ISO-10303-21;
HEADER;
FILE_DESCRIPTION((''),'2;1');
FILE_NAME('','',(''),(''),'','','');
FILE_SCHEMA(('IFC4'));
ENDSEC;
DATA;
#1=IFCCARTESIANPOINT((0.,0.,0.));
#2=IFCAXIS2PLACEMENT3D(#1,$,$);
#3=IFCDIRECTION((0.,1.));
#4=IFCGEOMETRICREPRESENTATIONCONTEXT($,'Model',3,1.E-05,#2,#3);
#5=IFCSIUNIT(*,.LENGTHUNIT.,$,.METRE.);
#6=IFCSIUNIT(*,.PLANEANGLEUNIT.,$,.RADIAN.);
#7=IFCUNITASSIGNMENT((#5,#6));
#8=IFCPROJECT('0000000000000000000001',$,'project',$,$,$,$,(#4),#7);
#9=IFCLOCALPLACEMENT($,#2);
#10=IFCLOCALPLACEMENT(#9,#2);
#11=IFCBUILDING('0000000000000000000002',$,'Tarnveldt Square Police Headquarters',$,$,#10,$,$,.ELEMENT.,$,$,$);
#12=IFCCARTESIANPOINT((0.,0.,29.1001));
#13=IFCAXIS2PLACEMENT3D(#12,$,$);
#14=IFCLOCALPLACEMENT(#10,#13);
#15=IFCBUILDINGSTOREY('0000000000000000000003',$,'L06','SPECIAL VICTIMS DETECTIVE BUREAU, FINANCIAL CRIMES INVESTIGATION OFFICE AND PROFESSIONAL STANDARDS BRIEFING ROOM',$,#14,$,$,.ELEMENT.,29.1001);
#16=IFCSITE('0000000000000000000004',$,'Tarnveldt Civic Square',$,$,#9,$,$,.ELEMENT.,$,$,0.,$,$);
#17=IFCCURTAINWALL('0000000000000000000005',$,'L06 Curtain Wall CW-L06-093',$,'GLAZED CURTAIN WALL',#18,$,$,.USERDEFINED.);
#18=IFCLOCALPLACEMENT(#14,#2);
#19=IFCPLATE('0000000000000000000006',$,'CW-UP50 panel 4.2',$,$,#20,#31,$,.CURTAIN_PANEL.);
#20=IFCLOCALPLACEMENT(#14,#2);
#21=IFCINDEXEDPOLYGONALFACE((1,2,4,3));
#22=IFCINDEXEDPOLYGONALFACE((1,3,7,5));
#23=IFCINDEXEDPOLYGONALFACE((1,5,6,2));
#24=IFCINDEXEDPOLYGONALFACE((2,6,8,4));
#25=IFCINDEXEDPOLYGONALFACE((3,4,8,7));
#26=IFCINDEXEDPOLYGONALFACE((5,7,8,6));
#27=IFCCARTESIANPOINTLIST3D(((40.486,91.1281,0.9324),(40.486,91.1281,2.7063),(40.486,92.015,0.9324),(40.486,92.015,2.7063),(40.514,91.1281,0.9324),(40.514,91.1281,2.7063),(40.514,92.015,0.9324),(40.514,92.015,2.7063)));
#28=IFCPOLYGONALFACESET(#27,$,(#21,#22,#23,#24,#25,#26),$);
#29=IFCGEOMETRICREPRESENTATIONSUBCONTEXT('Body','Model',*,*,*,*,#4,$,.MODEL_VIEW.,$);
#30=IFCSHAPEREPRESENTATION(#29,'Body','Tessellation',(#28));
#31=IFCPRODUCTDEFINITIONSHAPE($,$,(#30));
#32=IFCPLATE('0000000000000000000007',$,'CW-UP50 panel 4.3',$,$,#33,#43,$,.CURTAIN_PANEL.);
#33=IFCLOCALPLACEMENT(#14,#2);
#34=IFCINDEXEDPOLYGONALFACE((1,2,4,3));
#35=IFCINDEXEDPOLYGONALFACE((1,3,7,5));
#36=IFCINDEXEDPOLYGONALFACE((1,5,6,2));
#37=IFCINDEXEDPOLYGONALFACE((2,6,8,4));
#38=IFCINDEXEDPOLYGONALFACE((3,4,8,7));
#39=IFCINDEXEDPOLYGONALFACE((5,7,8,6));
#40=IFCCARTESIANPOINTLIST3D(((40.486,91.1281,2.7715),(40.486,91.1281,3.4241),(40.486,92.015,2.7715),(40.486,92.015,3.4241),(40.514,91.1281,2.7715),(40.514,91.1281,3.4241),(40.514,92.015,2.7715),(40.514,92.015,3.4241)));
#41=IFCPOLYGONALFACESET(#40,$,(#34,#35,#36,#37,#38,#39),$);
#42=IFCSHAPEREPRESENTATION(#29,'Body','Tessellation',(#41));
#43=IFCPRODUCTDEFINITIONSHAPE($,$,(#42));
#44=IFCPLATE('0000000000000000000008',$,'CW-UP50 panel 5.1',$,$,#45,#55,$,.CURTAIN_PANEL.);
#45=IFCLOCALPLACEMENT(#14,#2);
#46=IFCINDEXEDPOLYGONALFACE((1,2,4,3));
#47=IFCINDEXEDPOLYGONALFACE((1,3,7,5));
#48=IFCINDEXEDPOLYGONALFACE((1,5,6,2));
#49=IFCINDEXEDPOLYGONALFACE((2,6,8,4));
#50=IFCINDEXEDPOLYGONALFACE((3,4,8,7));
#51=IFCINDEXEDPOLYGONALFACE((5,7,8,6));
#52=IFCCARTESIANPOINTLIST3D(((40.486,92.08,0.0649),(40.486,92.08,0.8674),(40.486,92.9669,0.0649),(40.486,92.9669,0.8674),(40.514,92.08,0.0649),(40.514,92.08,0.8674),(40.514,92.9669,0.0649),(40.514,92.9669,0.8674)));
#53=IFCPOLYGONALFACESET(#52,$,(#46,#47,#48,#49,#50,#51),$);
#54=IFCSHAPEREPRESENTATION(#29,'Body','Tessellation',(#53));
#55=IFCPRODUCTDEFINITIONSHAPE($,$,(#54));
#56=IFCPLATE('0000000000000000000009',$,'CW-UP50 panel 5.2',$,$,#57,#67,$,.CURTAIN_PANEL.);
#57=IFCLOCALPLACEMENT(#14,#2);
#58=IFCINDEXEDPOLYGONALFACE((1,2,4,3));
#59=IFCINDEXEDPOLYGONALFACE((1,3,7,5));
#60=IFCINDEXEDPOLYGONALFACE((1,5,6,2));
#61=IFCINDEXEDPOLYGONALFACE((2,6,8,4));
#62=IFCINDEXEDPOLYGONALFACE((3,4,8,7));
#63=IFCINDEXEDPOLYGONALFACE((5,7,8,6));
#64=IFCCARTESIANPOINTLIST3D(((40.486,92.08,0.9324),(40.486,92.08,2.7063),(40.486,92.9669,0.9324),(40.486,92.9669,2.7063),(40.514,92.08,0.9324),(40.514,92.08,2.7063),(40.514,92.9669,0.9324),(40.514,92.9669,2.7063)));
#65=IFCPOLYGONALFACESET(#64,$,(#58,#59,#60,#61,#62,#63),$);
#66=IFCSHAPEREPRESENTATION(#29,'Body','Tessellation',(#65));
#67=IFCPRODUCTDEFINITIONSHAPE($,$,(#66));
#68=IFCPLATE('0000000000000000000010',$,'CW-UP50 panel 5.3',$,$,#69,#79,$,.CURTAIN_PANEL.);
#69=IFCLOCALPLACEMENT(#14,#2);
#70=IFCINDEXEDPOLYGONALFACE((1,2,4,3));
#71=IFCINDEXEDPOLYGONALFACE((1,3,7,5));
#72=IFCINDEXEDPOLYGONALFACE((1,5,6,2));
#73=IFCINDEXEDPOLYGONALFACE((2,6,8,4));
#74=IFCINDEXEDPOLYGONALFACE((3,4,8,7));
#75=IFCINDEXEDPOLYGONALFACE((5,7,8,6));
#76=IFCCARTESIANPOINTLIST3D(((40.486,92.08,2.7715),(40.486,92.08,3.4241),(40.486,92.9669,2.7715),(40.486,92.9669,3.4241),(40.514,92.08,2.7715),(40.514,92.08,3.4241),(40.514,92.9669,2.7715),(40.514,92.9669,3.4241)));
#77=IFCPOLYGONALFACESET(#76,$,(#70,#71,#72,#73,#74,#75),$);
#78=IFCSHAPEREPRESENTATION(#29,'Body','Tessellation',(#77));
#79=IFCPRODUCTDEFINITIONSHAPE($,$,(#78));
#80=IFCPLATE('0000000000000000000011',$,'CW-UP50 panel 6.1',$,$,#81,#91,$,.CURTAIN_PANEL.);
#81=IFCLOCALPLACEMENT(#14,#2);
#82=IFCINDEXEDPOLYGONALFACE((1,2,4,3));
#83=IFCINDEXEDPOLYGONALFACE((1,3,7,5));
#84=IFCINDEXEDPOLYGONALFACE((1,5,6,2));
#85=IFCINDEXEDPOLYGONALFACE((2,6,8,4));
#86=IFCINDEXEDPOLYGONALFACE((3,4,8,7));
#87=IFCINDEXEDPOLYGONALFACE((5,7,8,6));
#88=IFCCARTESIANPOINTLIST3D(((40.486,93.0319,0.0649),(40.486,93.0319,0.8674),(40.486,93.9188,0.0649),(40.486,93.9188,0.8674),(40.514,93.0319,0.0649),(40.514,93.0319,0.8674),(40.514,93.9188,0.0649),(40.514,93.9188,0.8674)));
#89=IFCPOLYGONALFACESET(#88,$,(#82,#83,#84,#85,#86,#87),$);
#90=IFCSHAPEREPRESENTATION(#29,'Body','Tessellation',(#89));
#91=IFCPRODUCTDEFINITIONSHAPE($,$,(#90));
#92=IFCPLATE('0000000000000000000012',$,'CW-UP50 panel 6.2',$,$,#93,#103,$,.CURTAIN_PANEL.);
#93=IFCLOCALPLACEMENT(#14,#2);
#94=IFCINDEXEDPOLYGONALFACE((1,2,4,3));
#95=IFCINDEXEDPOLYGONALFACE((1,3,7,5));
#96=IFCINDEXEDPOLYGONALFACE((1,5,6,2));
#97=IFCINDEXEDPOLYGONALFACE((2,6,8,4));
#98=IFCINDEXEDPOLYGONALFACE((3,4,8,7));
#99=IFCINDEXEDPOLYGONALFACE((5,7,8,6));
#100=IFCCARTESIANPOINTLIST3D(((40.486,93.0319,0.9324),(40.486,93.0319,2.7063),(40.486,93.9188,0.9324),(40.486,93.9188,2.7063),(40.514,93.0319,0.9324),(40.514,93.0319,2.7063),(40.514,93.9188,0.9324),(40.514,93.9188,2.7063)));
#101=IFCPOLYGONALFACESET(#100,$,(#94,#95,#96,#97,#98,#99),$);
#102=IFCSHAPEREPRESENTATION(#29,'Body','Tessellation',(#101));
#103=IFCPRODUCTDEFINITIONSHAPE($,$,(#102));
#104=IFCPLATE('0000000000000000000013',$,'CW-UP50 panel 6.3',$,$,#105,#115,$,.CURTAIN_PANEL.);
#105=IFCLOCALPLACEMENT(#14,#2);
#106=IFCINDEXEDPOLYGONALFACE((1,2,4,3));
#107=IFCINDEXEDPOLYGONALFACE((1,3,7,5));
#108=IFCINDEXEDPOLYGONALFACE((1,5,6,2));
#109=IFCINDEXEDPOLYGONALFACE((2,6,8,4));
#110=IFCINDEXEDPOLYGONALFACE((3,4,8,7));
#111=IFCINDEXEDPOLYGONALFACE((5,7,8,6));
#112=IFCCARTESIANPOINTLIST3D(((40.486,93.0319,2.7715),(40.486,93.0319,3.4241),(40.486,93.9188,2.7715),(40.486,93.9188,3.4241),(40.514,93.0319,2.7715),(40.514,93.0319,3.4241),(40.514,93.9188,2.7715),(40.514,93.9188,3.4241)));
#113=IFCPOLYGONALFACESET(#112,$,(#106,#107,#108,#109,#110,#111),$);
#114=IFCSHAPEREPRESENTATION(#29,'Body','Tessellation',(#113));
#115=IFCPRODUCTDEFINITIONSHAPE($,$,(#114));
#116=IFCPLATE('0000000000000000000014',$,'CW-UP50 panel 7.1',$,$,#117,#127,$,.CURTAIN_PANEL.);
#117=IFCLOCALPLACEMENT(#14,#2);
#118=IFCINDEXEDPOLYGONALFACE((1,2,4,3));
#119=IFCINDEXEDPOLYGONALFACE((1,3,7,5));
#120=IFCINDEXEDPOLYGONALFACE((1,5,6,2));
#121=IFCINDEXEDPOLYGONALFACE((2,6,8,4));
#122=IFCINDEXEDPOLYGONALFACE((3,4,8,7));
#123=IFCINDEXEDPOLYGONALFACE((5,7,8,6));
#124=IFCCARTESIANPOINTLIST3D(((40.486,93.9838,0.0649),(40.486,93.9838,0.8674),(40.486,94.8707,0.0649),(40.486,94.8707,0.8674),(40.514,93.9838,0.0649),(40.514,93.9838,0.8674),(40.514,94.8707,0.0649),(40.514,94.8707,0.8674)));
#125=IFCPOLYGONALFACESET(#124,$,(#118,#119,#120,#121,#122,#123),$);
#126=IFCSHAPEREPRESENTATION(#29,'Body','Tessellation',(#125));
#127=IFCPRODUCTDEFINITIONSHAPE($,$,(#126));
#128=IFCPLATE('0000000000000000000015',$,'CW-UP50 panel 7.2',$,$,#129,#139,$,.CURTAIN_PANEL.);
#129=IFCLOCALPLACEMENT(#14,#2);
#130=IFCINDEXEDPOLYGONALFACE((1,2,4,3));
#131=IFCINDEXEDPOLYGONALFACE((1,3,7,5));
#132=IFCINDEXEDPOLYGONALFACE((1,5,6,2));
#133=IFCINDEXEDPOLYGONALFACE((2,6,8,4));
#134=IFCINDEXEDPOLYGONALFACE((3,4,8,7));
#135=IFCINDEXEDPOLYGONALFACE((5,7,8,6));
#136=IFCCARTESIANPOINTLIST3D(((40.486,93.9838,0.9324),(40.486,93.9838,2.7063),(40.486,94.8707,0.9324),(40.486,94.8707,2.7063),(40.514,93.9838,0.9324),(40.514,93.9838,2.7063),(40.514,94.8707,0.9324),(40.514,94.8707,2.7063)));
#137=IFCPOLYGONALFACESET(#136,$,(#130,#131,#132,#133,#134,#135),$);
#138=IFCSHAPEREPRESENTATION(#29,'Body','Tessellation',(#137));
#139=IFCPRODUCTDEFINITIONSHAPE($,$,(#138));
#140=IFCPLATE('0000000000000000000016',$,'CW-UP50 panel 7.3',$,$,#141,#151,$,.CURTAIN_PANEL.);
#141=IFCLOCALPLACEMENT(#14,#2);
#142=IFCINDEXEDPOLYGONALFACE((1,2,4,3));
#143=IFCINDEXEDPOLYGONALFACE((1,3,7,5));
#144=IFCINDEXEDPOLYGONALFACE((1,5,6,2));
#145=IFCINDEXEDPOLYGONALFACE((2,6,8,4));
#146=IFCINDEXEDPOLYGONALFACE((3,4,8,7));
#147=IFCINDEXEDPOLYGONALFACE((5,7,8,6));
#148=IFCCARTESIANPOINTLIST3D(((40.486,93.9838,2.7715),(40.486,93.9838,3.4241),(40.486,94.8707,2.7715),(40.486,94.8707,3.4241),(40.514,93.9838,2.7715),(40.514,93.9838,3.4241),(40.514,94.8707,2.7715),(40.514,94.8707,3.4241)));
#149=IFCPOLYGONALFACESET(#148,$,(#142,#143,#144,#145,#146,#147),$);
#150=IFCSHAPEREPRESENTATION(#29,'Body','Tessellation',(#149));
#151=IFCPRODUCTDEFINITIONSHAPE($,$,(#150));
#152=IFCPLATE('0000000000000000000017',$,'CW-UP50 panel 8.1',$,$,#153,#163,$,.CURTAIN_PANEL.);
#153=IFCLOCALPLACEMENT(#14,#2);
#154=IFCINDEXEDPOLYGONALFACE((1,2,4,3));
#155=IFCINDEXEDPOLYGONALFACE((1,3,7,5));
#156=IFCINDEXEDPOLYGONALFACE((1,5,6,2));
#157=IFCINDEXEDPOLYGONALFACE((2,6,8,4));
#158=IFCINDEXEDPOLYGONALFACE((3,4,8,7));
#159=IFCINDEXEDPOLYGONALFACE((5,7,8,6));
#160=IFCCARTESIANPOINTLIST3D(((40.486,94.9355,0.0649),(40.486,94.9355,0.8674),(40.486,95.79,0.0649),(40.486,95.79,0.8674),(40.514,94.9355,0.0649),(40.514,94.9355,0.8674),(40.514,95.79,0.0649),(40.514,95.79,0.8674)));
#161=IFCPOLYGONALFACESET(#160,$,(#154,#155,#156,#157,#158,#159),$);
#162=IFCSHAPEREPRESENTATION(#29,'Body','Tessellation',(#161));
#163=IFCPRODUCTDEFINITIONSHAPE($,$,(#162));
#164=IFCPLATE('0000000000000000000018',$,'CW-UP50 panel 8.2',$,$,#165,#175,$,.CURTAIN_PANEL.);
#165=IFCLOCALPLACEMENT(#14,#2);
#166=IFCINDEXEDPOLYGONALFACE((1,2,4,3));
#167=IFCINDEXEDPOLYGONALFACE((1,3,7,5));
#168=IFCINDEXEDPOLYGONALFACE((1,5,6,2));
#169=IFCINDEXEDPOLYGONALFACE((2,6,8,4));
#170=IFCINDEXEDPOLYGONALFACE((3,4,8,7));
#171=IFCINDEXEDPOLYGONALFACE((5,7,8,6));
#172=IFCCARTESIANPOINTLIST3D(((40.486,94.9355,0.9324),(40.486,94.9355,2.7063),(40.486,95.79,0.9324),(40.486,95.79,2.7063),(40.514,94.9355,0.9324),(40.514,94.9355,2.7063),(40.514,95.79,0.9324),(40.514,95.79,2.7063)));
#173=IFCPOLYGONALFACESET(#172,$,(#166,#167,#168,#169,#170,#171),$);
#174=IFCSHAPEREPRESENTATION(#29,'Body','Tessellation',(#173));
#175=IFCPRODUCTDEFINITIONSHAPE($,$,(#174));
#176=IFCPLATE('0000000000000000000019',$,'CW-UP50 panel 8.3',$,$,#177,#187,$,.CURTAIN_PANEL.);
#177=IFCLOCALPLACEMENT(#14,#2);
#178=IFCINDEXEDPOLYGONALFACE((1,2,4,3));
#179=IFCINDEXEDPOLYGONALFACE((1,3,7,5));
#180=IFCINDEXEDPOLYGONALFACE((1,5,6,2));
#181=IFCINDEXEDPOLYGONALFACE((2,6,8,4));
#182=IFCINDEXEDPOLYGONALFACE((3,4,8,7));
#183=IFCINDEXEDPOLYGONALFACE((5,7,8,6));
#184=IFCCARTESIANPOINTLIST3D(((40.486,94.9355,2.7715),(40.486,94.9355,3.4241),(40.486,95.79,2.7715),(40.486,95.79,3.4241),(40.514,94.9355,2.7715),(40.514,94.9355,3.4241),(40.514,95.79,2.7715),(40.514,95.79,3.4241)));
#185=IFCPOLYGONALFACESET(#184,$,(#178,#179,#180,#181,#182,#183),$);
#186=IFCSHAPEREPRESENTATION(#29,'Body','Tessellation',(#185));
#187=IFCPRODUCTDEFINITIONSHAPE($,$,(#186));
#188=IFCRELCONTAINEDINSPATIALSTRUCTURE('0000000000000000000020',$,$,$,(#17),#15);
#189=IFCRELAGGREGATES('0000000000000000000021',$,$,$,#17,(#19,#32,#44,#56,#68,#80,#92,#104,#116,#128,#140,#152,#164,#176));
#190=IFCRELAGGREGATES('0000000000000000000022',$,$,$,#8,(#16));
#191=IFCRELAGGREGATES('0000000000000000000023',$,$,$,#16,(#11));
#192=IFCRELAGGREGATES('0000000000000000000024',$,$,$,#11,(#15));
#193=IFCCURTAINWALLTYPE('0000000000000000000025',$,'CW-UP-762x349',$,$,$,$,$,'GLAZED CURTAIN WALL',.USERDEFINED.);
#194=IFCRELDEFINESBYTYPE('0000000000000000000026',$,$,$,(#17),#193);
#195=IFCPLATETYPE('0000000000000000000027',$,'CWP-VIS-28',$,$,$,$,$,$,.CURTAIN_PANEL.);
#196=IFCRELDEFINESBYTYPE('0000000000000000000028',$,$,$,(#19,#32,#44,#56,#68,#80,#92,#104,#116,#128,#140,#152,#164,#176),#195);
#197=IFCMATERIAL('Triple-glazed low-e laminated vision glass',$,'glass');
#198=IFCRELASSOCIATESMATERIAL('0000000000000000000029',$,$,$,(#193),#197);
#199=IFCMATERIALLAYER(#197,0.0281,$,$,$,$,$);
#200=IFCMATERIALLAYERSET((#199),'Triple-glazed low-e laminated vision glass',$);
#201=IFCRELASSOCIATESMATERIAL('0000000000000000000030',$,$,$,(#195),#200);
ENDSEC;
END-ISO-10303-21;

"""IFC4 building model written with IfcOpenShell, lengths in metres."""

from ifc_helpers import new_model, si_unit, direction, frame, origin, origin_2d, place, context, subcontext, project, spatial, rectangle, extrude, material, layer, layer_set, type_object, element, aggregate, save


model = new_model("IFC4")

# Units and contexts
model_context = context("Model", 3, precision=1e-05, world=origin(), true_north=direction((0.0, 1.0)))
body_context = subcontext(model_context, "Body", "Model", "MODEL_VIEW")
ifc_project = project(units=[si_unit("LENGTHUNIT", "METRE"), si_unit("PLANEANGLEUNIT", "RADIAN")], contexts=[model_context])

# Site, building, storey
site_placement = place(None, origin())
site = spatial("IfcSite", under=ifc_project, at=site_placement, Name="Tarnveldt Civic Square", CompositionType="ELEMENT", RefElevation=0.0)
building_placement = place(site_placement, origin())
building = spatial("IfcBuilding", under=site, at=building_placement, Name="Tarnveldt Square Police Headquarters", CompositionType="ELEMENT")
storey_placement = place(building_placement, frame((0.0, 0.0, 29.1001)))
storey = spatial("IfcBuildingStorey", under=building, at=storey_placement, Name="L06", Description="SPECIAL VICTIMS DETECTIVE BUREAU, FINANCIAL CRIMES INVESTIGATION OFFICE AND PROFESSIONAL STANDARDS BRIEFING ROOM", CompositionType="ELEMENT", Elevation=29.1001)

# Curtain wall, plates
ifc_material_1 = material(Name="Triple-glazed low-e laminated vision glass", Category="glass")
curtain_wall_type = type_object("IfcCurtainWallType", Name="CW-UP-762x349", ElementType="GLAZED CURTAIN WALL", PredefinedType="USERDEFINED", material=ifc_material_1)
curtain_wall_placement = place(storey_placement, origin())
curtain_wall = element("IfcCurtainWall", 1, at=curtain_wall_placement, inside=storey, type_object=curtain_wall_type, Name="L06 Curtain Wall CW-L06-093", ObjectType="GLAZED CURTAIN WALL", PredefinedType="USERDEFINED")
ifc_layer = layer(ifc_material_1, 0.0281)
ifc_layer_set = layer_set([ifc_layer], Name="Triple-glazed low-e laminated vision glass")
plate_type = type_object("IfcPlateType", Name="CWP-VIS-28", PredefinedType="CURTAIN_PANEL", material=ifc_layer_set)
plate_1_placement = place(storey_placement, frame((40.5, 91.5715, 0.9324), z_axis=(0.0, 0.0, 1.0), x_axis=(0.0, 1.0, 0.0)))
plate_1 = element("IfcPlate", 2, at=plate_1_placement, type_object=plate_type, Name="CW-UP50 panel 4.2", PredefinedType="CURTAIN_PANEL", context=body_context, shape_type="SweptSolid", body=[
    extrude(rectangle(XDim=0.887, YDim=0.0281, at=origin_2d()), origin(), (0.0, 0.0, 1.0), 1.7739),
])
plate_2_placement = place(storey_placement, frame((40.5, 91.5715, 2.7715), z_axis=(0.0, 0.0, 1.0), x_axis=(0.0, 1.0, 0.0)))
plate_2 = element("IfcPlate", 3, at=plate_2_placement, type_object=plate_type, Name="CW-UP50 panel 4.3", PredefinedType="CURTAIN_PANEL", context=body_context, shape_type="SweptSolid", body=[
    extrude(rectangle(XDim=0.887, YDim=0.0281, at=origin_2d()), origin(), (0.0, 0.0, 1.0), 0.6526),
])
plate_3_placement = place(storey_placement, frame((40.5, 92.5234, 0.0649), z_axis=(0.0, 0.0, 1.0), x_axis=(0.0, 1.0, 0.0)))
plate_3 = element("IfcPlate", 4, at=plate_3_placement, type_object=plate_type, Name="CW-UP50 panel 5.1", PredefinedType="CURTAIN_PANEL", context=body_context, shape_type="SweptSolid", body=[
    extrude(rectangle(XDim=0.887, YDim=0.0281, at=origin_2d()), origin(), (0.0, 0.0, 1.0), 0.8025),
])
plate_4_placement = place(storey_placement, frame((40.5, 92.5234, 0.9324), z_axis=(0.0, 0.0, 1.0), x_axis=(0.0, 1.0, 0.0)))
plate_4 = element("IfcPlate", 5, at=plate_4_placement, type_object=plate_type, Name="CW-UP50 panel 5.2", PredefinedType="CURTAIN_PANEL", context=body_context, shape_type="SweptSolid", body=[
    extrude(rectangle(XDim=0.887, YDim=0.0281, at=origin_2d()), origin(), (0.0, 0.0, 1.0), 1.7739),
])
plate_5_placement = place(storey_placement, frame((40.5, 92.5234, 2.7715), z_axis=(0.0, 0.0, 1.0), x_axis=(0.0, 1.0, 0.0)))
plate_5 = element("IfcPlate", 6, at=plate_5_placement, type_object=plate_type, Name="CW-UP50 panel 5.3", PredefinedType="CURTAIN_PANEL", context=body_context, shape_type="SweptSolid", body=[
    extrude(rectangle(XDim=0.887, YDim=0.0281, at=origin_2d()), origin(), (0.0, 0.0, 1.0), 0.6526),
])
plate_6_placement = place(storey_placement, frame((40.5, 93.4753, 0.0649), z_axis=(0.0, 0.0, 1.0), x_axis=(0.0, 1.0, 0.0)))
plate_6 = element("IfcPlate", 7, at=plate_6_placement, type_object=plate_type, Name="CW-UP50 panel 6.1", PredefinedType="CURTAIN_PANEL", context=body_context, shape_type="SweptSolid", body=[
    extrude(rectangle(XDim=0.887, YDim=0.0281, at=origin_2d()), origin(), (0.0, 0.0, 1.0), 0.8025),
])
plate_7_placement = place(storey_placement, frame((40.5, 93.4753, 0.9324), z_axis=(0.0, 0.0, 1.0), x_axis=(0.0, 1.0, 0.0)))
plate_7 = element("IfcPlate", 8, at=plate_7_placement, type_object=plate_type, Name="CW-UP50 panel 6.2", PredefinedType="CURTAIN_PANEL", context=body_context, shape_type="SweptSolid", body=[
    extrude(rectangle(XDim=0.887, YDim=0.0281, at=origin_2d()), origin(), (0.0, 0.0, 1.0), 1.7739),
])
plate_8_placement = place(storey_placement, frame((40.5, 93.4753, 2.7715), z_axis=(0.0, 0.0, 1.0), x_axis=(0.0, 1.0, 0.0)))
plate_8 = element("IfcPlate", 9, at=plate_8_placement, type_object=plate_type, Name="CW-UP50 panel 6.3", PredefinedType="CURTAIN_PANEL", context=body_context, shape_type="SweptSolid", body=[
    extrude(rectangle(XDim=0.887, YDim=0.0281, at=origin_2d()), origin(), (0.0, 0.0, 1.0), 0.6526),
])
plate_9_placement = place(storey_placement, frame((40.5, 94.4272, 0.0649), z_axis=(0.0, 0.0, 1.0), x_axis=(0.0, 1.0, 0.0)))
plate_9 = element("IfcPlate", 10, at=plate_9_placement, type_object=plate_type, Name="CW-UP50 panel 7.1", PredefinedType="CURTAIN_PANEL", context=body_context, shape_type="SweptSolid", body=[
    extrude(rectangle(XDim=0.887, YDim=0.0281, at=origin_2d()), origin(), (0.0, 0.0, 1.0), 0.8025),
])
plate_10_placement = place(storey_placement, frame((40.5, 94.4272, 0.9324), z_axis=(0.0, 0.0, 1.0), x_axis=(0.0, 1.0, 0.0)))
plate_10 = element("IfcPlate", 11, at=plate_10_placement, type_object=plate_type, Name="CW-UP50 panel 7.2", PredefinedType="CURTAIN_PANEL", context=body_context, shape_type="SweptSolid", body=[
    extrude(rectangle(XDim=0.887, YDim=0.0281, at=origin_2d()), origin(), (0.0, 0.0, 1.0), 1.7739),
])
plate_11_placement = place(storey_placement, frame((40.5, 94.4272, 2.7715), z_axis=(0.0, 0.0, 1.0), x_axis=(0.0, 1.0, 0.0)))
plate_11 = element("IfcPlate", 12, at=plate_11_placement, type_object=plate_type, Name="CW-UP50 panel 7.3", PredefinedType="CURTAIN_PANEL", context=body_context, shape_type="SweptSolid", body=[
    extrude(rectangle(XDim=0.887, YDim=0.0281, at=origin_2d()), origin(), (0.0, 0.0, 1.0), 0.6526),
])
plate_12_placement = place(storey_placement, frame((40.5, 95.3628, 0.0649), z_axis=(0.0, 0.0, 1.0), x_axis=(0.0, 1.0, 0.0)))
plate_12 = element("IfcPlate", 13, at=plate_12_placement, type_object=plate_type, Name="CW-UP50 panel 8.1", PredefinedType="CURTAIN_PANEL", context=body_context, shape_type="SweptSolid", body=[
    extrude(rectangle(XDim=0.8545, YDim=0.0281, at=origin_2d()), origin(), (0.0, 0.0, 1.0), 0.8025),
])
plate_13_placement = place(storey_placement, frame((40.5, 95.3628, 0.9324), z_axis=(0.0, 0.0, 1.0), x_axis=(0.0, 1.0, 0.0)))
plate_13 = element("IfcPlate", 14, at=plate_13_placement, type_object=plate_type, Name="CW-UP50 panel 8.2", PredefinedType="CURTAIN_PANEL", context=body_context, shape_type="SweptSolid", body=[
    extrude(rectangle(XDim=0.8545, YDim=0.0281, at=origin_2d()), origin(), (0.0, 0.0, 1.0), 1.7739),
])
plate_14_placement = place(storey_placement, frame((40.5, 95.3628, 2.7715), z_axis=(0.0, 0.0, 1.0), x_axis=(0.0, 1.0, 0.0)))
plate_14 = element("IfcPlate", 15, at=plate_14_placement, type_object=plate_type, Name="CW-UP50 panel 8.3", PredefinedType="CURTAIN_PANEL", context=body_context, shape_type="SweptSolid", body=[
    extrude(rectangle(XDim=0.8545, YDim=0.0281, at=origin_2d()), origin(), (0.0, 0.0, 1.0), 0.6526),
])
aggregate(curtain_wall, [plate_1, plate_2, plate_3, plate_4, plate_5, plate_6, plate_7, plate_8, plate_9, plate_10, plate_11, plate_12, plate_13, plate_14])

save(model, "model.ifc")
